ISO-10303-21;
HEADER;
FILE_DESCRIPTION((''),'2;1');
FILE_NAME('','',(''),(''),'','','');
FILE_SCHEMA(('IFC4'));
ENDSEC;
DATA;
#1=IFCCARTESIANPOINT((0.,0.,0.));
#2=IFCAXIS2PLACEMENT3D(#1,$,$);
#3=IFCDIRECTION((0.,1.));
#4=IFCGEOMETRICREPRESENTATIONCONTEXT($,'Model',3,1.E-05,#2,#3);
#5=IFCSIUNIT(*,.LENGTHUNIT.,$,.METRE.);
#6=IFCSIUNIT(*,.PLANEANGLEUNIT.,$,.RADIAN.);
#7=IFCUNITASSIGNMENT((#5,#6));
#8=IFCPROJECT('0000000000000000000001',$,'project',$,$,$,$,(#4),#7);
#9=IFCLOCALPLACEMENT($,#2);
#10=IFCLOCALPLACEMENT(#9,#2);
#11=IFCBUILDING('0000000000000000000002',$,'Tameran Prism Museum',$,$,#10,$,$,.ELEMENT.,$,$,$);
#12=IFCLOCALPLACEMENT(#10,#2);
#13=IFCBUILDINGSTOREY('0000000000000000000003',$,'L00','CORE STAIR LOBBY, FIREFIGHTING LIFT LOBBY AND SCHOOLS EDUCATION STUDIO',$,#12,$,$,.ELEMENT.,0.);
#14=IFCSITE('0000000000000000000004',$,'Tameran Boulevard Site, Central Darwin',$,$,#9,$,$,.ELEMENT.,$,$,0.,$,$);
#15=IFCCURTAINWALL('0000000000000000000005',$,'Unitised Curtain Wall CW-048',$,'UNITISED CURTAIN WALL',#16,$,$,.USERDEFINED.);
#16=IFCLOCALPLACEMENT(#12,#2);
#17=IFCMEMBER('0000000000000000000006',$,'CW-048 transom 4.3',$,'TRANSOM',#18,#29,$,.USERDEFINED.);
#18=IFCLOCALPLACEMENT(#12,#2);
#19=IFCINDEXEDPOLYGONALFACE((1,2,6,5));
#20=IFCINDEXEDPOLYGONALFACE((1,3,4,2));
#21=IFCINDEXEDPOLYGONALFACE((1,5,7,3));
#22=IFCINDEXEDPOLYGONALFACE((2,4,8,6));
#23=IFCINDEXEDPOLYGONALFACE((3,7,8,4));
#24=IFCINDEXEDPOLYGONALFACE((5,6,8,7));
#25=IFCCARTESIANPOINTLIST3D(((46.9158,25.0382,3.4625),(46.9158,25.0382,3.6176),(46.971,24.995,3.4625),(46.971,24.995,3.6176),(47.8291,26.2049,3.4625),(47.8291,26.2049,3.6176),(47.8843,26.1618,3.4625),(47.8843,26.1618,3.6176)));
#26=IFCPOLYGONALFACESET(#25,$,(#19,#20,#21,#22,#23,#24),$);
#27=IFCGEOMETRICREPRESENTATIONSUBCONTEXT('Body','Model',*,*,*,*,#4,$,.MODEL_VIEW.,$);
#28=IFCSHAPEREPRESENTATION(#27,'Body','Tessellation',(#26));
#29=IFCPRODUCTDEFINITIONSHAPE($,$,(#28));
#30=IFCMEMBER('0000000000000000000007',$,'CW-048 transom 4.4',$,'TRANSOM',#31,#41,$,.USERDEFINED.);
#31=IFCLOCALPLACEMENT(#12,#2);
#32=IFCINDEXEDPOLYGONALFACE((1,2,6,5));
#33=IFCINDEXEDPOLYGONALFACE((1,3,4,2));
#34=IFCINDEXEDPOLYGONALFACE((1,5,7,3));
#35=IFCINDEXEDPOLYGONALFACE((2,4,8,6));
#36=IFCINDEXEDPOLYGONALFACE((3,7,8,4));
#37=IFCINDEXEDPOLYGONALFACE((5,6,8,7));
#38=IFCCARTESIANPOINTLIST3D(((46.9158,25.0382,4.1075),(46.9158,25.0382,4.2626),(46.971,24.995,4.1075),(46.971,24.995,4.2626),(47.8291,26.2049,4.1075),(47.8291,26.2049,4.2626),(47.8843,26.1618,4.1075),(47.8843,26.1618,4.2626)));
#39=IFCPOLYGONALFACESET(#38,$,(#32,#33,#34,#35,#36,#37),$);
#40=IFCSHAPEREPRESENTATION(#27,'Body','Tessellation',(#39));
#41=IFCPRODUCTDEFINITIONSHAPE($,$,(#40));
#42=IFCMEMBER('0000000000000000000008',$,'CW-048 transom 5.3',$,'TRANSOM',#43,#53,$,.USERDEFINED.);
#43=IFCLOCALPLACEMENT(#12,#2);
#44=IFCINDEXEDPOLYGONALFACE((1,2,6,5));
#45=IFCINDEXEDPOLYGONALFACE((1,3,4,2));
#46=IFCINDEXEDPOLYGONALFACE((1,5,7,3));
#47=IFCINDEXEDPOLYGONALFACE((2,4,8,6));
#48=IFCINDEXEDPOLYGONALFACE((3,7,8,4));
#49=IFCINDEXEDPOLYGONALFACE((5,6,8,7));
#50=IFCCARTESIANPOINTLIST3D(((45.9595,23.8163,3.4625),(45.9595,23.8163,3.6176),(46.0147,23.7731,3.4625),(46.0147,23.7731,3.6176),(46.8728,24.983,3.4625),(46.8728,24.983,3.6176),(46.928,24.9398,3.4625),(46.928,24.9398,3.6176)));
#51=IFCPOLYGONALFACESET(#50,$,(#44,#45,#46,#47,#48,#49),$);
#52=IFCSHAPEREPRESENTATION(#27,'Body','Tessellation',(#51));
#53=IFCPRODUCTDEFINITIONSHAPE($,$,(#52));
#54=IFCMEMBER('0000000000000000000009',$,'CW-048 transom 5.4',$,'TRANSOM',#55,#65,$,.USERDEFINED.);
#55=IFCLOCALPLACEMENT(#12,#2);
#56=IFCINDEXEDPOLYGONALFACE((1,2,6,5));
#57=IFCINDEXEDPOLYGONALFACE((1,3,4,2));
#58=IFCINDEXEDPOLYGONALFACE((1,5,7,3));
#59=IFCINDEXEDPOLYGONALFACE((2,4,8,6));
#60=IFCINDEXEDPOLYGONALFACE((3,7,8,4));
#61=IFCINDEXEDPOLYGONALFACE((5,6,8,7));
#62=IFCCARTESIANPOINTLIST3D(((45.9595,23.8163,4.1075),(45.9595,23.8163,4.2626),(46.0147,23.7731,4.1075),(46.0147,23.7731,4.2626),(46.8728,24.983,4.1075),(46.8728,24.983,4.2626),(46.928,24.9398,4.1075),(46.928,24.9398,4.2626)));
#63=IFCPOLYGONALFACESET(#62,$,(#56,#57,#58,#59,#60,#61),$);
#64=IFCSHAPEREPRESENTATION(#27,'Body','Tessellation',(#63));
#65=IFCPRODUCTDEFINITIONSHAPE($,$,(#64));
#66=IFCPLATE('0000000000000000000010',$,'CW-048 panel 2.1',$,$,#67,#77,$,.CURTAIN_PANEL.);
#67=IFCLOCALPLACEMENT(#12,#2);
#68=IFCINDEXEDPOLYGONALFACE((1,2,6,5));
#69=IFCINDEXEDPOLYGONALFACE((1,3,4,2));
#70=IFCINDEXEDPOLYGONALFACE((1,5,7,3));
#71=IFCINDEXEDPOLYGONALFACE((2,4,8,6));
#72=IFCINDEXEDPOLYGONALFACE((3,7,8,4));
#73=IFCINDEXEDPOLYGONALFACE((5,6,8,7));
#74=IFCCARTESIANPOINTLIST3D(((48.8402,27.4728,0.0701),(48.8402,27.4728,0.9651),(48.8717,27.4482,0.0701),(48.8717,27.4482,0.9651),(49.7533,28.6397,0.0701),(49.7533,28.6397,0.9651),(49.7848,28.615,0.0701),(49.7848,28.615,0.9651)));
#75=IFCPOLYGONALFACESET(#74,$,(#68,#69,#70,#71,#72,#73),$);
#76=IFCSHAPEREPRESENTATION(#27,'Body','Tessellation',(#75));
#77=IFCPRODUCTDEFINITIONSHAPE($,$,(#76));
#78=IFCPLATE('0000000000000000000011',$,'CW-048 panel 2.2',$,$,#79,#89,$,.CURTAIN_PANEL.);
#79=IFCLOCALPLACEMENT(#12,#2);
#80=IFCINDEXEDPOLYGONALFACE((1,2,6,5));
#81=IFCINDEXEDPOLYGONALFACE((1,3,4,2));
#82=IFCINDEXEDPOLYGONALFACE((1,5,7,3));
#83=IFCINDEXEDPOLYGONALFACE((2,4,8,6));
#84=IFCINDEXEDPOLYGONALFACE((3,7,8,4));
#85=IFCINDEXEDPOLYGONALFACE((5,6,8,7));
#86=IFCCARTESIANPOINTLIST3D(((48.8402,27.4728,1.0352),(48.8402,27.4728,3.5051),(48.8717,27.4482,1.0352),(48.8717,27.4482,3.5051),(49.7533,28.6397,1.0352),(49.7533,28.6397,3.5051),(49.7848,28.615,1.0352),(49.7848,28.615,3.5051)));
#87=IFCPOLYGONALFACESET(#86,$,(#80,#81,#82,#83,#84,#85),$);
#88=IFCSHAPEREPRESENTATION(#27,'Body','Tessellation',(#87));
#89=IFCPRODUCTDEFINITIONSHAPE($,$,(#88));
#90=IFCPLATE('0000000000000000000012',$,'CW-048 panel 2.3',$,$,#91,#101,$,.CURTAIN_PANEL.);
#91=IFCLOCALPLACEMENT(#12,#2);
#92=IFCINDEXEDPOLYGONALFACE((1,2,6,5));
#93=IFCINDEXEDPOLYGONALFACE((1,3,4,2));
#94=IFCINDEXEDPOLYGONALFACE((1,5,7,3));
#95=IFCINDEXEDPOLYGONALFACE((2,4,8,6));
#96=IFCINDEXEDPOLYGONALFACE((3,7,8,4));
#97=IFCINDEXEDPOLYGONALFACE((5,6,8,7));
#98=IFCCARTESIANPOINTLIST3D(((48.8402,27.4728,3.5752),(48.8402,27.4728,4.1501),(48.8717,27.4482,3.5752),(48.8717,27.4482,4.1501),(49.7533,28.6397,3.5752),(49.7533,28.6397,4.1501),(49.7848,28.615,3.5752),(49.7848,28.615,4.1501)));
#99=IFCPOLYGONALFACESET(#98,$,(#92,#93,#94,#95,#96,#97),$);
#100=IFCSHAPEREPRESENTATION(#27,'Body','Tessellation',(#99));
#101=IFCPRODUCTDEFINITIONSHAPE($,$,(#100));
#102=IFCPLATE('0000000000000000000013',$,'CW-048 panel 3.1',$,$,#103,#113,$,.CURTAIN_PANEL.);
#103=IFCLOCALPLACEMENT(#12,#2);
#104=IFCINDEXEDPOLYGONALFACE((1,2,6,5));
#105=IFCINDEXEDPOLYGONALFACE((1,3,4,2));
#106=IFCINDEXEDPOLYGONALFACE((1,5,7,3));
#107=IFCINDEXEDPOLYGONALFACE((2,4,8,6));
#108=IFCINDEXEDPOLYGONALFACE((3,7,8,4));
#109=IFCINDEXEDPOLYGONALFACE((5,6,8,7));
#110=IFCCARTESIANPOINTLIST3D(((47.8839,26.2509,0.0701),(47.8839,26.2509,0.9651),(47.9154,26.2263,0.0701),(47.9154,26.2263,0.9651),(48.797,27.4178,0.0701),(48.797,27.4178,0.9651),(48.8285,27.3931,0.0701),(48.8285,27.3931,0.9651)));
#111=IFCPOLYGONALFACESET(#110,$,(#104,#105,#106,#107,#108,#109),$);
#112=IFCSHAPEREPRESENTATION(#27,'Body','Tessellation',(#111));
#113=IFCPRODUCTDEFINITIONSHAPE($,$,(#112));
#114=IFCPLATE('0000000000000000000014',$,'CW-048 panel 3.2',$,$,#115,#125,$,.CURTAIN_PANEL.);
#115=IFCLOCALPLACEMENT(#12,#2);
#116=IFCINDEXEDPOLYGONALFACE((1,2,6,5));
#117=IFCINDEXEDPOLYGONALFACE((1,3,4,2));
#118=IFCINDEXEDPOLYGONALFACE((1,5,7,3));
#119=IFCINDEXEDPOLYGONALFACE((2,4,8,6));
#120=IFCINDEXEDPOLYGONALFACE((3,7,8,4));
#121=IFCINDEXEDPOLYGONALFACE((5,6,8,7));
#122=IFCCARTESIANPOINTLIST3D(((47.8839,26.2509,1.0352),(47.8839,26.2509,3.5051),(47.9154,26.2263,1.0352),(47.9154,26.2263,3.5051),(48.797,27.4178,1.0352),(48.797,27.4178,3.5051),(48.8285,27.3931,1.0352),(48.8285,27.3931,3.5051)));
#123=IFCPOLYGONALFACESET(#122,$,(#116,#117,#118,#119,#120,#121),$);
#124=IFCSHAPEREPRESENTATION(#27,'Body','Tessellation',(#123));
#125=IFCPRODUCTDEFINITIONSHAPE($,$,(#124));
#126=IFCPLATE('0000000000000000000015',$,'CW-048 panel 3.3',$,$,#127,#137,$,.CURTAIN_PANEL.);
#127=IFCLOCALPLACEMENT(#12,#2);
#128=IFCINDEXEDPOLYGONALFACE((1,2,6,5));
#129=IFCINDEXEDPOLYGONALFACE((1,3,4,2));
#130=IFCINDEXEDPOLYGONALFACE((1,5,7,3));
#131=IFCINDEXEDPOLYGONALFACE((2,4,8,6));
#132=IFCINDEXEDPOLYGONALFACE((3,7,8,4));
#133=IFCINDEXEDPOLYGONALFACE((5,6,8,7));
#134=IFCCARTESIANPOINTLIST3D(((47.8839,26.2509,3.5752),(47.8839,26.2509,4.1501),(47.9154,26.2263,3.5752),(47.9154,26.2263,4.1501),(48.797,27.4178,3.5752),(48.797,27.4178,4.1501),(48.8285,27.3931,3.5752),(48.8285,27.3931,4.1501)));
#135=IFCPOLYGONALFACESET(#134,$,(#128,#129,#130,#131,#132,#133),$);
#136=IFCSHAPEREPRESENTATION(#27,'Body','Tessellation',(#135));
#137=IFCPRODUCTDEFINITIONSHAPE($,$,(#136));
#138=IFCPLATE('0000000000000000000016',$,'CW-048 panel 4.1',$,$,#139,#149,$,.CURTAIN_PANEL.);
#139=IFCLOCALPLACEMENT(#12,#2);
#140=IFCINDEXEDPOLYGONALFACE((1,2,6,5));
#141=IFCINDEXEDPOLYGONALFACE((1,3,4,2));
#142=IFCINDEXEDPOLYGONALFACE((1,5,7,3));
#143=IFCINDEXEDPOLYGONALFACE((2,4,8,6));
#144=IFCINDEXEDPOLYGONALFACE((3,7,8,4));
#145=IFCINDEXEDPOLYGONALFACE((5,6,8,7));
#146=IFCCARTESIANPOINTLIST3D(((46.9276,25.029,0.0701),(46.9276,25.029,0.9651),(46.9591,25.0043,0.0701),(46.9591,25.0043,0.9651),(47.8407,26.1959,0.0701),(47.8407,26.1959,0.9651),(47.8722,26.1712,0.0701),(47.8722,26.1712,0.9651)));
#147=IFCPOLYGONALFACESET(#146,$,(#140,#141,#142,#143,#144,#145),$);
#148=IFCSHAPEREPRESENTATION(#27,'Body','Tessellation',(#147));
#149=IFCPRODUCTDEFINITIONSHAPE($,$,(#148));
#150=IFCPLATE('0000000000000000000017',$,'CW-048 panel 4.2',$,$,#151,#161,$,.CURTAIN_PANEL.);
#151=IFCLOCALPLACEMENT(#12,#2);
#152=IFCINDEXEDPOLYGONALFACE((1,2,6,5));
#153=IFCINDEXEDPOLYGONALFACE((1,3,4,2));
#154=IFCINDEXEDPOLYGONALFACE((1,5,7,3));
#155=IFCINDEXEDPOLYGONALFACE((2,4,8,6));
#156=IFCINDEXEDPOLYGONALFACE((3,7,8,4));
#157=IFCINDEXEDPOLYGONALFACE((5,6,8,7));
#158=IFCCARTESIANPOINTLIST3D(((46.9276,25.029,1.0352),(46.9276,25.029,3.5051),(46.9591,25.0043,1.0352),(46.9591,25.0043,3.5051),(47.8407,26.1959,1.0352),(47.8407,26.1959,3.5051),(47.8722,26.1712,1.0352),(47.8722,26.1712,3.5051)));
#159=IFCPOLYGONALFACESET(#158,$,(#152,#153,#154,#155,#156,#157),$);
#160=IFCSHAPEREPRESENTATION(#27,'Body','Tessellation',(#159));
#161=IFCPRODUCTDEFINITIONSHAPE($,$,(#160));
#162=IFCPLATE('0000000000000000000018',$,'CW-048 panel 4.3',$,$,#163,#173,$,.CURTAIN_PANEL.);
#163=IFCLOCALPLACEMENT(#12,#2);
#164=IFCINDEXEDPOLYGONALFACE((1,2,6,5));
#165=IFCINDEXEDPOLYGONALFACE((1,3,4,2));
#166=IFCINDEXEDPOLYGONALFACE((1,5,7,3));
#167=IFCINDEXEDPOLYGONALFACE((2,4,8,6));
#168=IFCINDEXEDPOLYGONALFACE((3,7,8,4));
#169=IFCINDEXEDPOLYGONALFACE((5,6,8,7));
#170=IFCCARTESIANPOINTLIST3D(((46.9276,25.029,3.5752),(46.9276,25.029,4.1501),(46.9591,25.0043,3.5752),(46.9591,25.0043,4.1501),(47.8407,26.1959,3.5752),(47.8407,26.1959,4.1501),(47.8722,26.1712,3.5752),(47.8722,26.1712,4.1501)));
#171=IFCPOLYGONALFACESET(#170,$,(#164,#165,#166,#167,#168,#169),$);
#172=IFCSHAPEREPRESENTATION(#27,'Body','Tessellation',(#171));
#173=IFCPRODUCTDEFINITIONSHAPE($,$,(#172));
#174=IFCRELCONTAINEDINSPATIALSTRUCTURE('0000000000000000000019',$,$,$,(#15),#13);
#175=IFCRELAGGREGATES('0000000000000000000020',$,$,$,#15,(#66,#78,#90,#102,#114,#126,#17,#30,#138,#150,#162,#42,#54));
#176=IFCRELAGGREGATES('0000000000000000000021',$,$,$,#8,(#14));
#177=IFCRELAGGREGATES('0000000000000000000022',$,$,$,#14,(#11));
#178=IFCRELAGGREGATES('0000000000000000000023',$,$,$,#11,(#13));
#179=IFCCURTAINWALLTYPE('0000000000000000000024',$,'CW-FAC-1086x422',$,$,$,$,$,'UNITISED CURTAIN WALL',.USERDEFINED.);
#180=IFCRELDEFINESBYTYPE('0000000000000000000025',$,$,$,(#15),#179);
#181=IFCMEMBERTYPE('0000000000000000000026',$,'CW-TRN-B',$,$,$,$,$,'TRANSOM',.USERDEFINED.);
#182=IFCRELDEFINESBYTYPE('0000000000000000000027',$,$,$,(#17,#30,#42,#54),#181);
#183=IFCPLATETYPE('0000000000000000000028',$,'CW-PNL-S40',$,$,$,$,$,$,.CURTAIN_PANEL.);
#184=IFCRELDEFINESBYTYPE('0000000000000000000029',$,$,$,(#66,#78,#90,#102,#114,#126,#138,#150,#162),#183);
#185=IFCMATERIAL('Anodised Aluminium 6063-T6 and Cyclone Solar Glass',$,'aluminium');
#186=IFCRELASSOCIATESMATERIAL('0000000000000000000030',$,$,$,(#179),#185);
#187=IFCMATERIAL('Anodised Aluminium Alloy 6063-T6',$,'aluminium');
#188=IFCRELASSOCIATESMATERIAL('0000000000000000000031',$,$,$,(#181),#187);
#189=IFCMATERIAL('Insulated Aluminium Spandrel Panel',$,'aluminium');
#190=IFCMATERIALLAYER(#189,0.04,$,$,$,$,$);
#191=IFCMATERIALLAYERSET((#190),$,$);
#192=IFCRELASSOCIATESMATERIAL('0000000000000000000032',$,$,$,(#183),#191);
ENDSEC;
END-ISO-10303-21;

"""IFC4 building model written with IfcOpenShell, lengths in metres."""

from ifc_helpers import new_model, si_unit, direction, frame, origin, origin_2d, place, context, subcontext, project, spatial, rectangle, extrude, material, layer, layer_set, material_profile, profile_set, type_object, element, aggregate, save


model = new_model("IFC4")

# Units and contexts
model_context = context("Model", 3, precision=1e-05, world=origin(), true_north=direction((0.0, 1.0)))
body_context = subcontext(model_context, "Body", "Model", "MODEL_VIEW")
ifc_project = project(units=[si_unit("LENGTHUNIT", "METRE"), si_unit("PLANEANGLEUNIT", "RADIAN")], contexts=[model_context])

# Site, building, storey
site_placement = place(None, origin())
site = spatial("IfcSite", under=ifc_project, at=site_placement, Name="Tameran Boulevard Site, Central Darwin", CompositionType="ELEMENT", RefElevation=0.0)
building_placement = place(site_placement, origin())
building = spatial("IfcBuilding", under=site, at=building_placement, Name="Tameran Prism Museum", CompositionType="ELEMENT")
storey_placement = place(building_placement, origin())
storey = spatial("IfcBuildingStorey", under=building, at=storey_placement, Name="L00", Description="CORE STAIR LOBBY, FIREFIGHTING LIFT LOBBY AND SCHOOLS EDUCATION STUDIO", CompositionType="ELEMENT", Elevation=0.0)

# Curtain wall, members, plates
ifc_material_1 = material(Name="Anodised Aluminium 6063-T6 and Cyclone Solar Glass", Category="aluminium")
curtain_wall_type = type_object("IfcCurtainWallType", Name="CW-FAC-1086x422", ElementType="UNITISED CURTAIN WALL", PredefinedType="USERDEFINED", material=ifc_material_1)
curtain_wall_placement = place(storey_placement, origin())
curtain_wall = element("IfcCurtainWall", 1, at=curtain_wall_placement, inside=storey, type_object=curtain_wall_type, Name="Unitised Curtain Wall CW-048", ObjectType="UNITISED CURTAIN WALL", PredefinedType="USERDEFINED")
ifc_material_2 = material(Name="Anodised Aluminium Alloy 6063-T6", Category="aluminium")
ifc_material_profile_1 = material_profile(ifc_material_2, rectangle(XDim=0.0701, YDim=0.155, at=origin_2d()))
ifc_profile_set_1 = profile_set([ifc_material_profile_1])
member_type_1 = type_object("IfcMemberType", Name="CW-TRN-B", ElementType="TRANSOM", PredefinedType="USERDEFINED", material=ifc_profile_set_1)
member_1_placement = place(storey_placement, frame((47.8567, 26.1833, 3.54), z_axis=(-0.616402, -0.787432, 0.0), x_axis=(0.787432, -0.616402, 0.0)))
member_1 = element("IfcMember", 2, at=member_1_placement, type_object=member_type_1, Name="CW-048 transom 4.3", ObjectType="TRANSOM", PredefinedType="USERDEFINED", context=body_context, shape_type="SweptSolid", body=[
    extrude(rectangle(XDim=0.0701, YDim=0.155, at=origin_2d()), origin(), (0.0, 0.0, 1.0), 1.4817),
])
member_2_placement = place(storey_placement, frame((47.8567, 26.1833, 4.1851), z_axis=(-0.616402, -0.787432, 0.0), x_axis=(0.787432, -0.616402, 0.0)))
member_2 = element("IfcMember", 3, at=member_2_placement, type_object=member_type_1, Name="CW-048 transom 4.4", ObjectType="TRANSOM", PredefinedType="USERDEFINED", context=body_context, shape_type="SweptSolid", body=[
    extrude(rectangle(XDim=0.0701, YDim=0.155, at=origin_2d()), origin(), (0.0, 0.0, 1.0), 1.4817),
])
member_3_placement = place(storey_placement, frame((46.9004, 24.9614, 3.54), z_axis=(-0.616402, -0.787432, 0.0), x_axis=(0.787432, -0.616402, 0.0)))
member_3 = element("IfcMember", 4, at=member_3_placement, type_object=member_type_1, Name="CW-048 transom 5.3", ObjectType="TRANSOM", PredefinedType="USERDEFINED", context=body_context, shape_type="SweptSolid", body=[
    extrude(rectangle(XDim=0.0701, YDim=0.155, at=origin_2d()), origin(), (0.0, 0.0, 1.0), 1.4817),
])
member_4_placement = place(storey_placement, frame((46.9004, 24.9614, 4.1851), z_axis=(-0.616402, -0.787432, 0.0), x_axis=(0.787432, -0.616402, 0.0)))
member_4 = element("IfcMember", 5, at=member_4_placement, type_object=member_type_1, Name="CW-048 transom 5.4", ObjectType="TRANSOM", PredefinedType="USERDEFINED", context=body_context, shape_type="SweptSolid", body=[
    extrude(rectangle(XDim=0.0701, YDim=0.155, at=origin_2d()), origin(), (0.0, 0.0, 1.0), 1.4817),
])
ifc_material_3 = material(Name="Insulated Aluminium Spandrel Panel", Category="aluminium")
ifc_layer = layer(ifc_material_3, 0.04)
ifc_layer_set = layer_set([ifc_layer])
plate_type = type_object("IfcPlateType", Name="CW-PNL-S40", PredefinedType="CURTAIN_PANEL", material=ifc_layer_set)
plate_1_placement = place(storey_placement, frame((49.3125, 28.0439, 0.0701), z_axis=(0.0, 0.0, 1.0), x_axis=(-0.616283, -0.787524, 0.0)))
plate_1 = element("IfcPlate", 6, at=plate_1_placement, type_object=plate_type, Name="CW-048 panel 2.1", PredefinedType="CURTAIN_PANEL", context=body_context, shape_type="SweptSolid", body=[
    extrude(rectangle(XDim=1.4817, YDim=0.04, at=origin_2d()), origin(), (0.0, 0.0, 1.0), 0.895),
])
plate_2_placement = place(storey_placement, frame((49.3125, 28.0439, 1.0352), z_axis=(0.0, 0.0, 1.0), x_axis=(-0.616283, -0.787524, 0.0)))
plate_2 = element("IfcPlate", 7, at=plate_2_placement, type_object=plate_type, Name="CW-048 panel 2.2", PredefinedType="CURTAIN_PANEL", context=body_context, shape_type="SweptSolid", body=[
    extrude(rectangle(XDim=1.4817, YDim=0.04, at=origin_2d()), origin(), (0.0, 0.0, 1.0), 2.47),
])
plate_3_placement = place(storey_placement, frame((49.3125, 28.0439, 3.5752), z_axis=(0.0, 0.0, 1.0), x_axis=(-0.616283, -0.787524, 0.0)))
plate_3 = element("IfcPlate", 8, at=plate_3_placement, type_object=plate_type, Name="CW-048 panel 2.3", PredefinedType="CURTAIN_PANEL", context=body_context, shape_type="SweptSolid", body=[
    extrude(rectangle(XDim=1.4817, YDim=0.04, at=origin_2d()), origin(), (0.0, 0.0, 1.0), 0.575),
])
plate_4_placement = place(storey_placement, frame((48.3562, 26.822, 0.0701), z_axis=(0.0, 0.0, 1.0), x_axis=(-0.616283, -0.787524, 0.0)))
plate_4 = element("IfcPlate", 9, at=plate_4_placement, type_object=plate_type, Name="CW-048 panel 3.1", PredefinedType="CURTAIN_PANEL", context=body_context, shape_type="SweptSolid", body=[
    extrude(rectangle(XDim=1.4817, YDim=0.04, at=origin_2d()), origin(), (0.0, 0.0, 1.0), 0.895),
])
plate_5_placement = place(storey_placement, frame((48.3562, 26.822, 1.0352), z_axis=(0.0, 0.0, 1.0), x_axis=(-0.616283, -0.787524, 0.0)))
plate_5 = element("IfcPlate", 10, at=plate_5_placement, type_object=plate_type, Name="CW-048 panel 3.2", PredefinedType="CURTAIN_PANEL", context=body_context, shape_type="SweptSolid", body=[
    extrude(rectangle(XDim=1.4817, YDim=0.04, at=origin_2d()), origin(), (0.0, 0.0, 1.0), 2.47),
])
plate_6_placement = place(storey_placement, frame((48.3562, 26.822, 3.5752), z_axis=(0.0, 0.0, 1.0), x_axis=(-0.616283, -0.787524, 0.0)))
plate_6 = element("IfcPlate", 11, at=plate_6_placement, type_object=plate_type, Name="CW-048 panel 3.3", PredefinedType="CURTAIN_PANEL", context=body_context, shape_type="SweptSolid", body=[
    extrude(rectangle(XDim=1.4817, YDim=0.04, at=origin_2d()), origin(), (0.0, 0.0, 1.0), 0.575),
])
plate_7_placement = place(storey_placement, frame((47.3999, 25.6001, 0.0701), z_axis=(0.0, 0.0, 1.0), x_axis=(-0.616283, -0.787524, 0.0)))
plate_7 = element("IfcPlate", 12, at=plate_7_placement, type_object=plate_type, Name="CW-048 panel 4.1", PredefinedType="CURTAIN_PANEL", context=body_context, shape_type="SweptSolid", body=[
    extrude(rectangle(XDim=1.4817, YDim=0.04, at=origin_2d()), origin(), (0.0, 0.0, 1.0), 0.895),
])
plate_8_placement = place(storey_placement, frame((47.3999, 25.6001, 1.0352), z_axis=(0.0, 0.0, 1.0), x_axis=(-0.616283, -0.787524, 0.0)))
plate_8 = element("IfcPlate", 13, at=plate_8_placement, type_object=plate_type, Name="CW-048 panel 4.2", PredefinedType="CURTAIN_PANEL", context=body_context, shape_type="SweptSolid", body=[
    extrude(rectangle(XDim=1.4817, YDim=0.04, at=origin_2d()), origin(), (0.0, 0.0, 1.0), 2.47),
])
plate_9_placement = place(storey_placement, frame((47.3999, 25.6001, 3.5752), z_axis=(0.0, 0.0, 1.0), x_axis=(-0.616283, -0.787524, 0.0)))
plate_9 = element("IfcPlate", 14, at=plate_9_placement, type_object=plate_type, Name="CW-048 panel 4.3", PredefinedType="CURTAIN_PANEL", context=body_context, shape_type="SweptSolid", body=[
    extrude(rectangle(XDim=1.4817, YDim=0.04, at=origin_2d()), origin(), (0.0, 0.0, 1.0), 0.575),
])
aggregate(curtain_wall, [plate_1, plate_2, plate_3, plate_4, plate_5, plate_6, member_1, member_2, plate_7, plate_8, plate_9, member_3, member_4])

save(model, "model.ifc")
